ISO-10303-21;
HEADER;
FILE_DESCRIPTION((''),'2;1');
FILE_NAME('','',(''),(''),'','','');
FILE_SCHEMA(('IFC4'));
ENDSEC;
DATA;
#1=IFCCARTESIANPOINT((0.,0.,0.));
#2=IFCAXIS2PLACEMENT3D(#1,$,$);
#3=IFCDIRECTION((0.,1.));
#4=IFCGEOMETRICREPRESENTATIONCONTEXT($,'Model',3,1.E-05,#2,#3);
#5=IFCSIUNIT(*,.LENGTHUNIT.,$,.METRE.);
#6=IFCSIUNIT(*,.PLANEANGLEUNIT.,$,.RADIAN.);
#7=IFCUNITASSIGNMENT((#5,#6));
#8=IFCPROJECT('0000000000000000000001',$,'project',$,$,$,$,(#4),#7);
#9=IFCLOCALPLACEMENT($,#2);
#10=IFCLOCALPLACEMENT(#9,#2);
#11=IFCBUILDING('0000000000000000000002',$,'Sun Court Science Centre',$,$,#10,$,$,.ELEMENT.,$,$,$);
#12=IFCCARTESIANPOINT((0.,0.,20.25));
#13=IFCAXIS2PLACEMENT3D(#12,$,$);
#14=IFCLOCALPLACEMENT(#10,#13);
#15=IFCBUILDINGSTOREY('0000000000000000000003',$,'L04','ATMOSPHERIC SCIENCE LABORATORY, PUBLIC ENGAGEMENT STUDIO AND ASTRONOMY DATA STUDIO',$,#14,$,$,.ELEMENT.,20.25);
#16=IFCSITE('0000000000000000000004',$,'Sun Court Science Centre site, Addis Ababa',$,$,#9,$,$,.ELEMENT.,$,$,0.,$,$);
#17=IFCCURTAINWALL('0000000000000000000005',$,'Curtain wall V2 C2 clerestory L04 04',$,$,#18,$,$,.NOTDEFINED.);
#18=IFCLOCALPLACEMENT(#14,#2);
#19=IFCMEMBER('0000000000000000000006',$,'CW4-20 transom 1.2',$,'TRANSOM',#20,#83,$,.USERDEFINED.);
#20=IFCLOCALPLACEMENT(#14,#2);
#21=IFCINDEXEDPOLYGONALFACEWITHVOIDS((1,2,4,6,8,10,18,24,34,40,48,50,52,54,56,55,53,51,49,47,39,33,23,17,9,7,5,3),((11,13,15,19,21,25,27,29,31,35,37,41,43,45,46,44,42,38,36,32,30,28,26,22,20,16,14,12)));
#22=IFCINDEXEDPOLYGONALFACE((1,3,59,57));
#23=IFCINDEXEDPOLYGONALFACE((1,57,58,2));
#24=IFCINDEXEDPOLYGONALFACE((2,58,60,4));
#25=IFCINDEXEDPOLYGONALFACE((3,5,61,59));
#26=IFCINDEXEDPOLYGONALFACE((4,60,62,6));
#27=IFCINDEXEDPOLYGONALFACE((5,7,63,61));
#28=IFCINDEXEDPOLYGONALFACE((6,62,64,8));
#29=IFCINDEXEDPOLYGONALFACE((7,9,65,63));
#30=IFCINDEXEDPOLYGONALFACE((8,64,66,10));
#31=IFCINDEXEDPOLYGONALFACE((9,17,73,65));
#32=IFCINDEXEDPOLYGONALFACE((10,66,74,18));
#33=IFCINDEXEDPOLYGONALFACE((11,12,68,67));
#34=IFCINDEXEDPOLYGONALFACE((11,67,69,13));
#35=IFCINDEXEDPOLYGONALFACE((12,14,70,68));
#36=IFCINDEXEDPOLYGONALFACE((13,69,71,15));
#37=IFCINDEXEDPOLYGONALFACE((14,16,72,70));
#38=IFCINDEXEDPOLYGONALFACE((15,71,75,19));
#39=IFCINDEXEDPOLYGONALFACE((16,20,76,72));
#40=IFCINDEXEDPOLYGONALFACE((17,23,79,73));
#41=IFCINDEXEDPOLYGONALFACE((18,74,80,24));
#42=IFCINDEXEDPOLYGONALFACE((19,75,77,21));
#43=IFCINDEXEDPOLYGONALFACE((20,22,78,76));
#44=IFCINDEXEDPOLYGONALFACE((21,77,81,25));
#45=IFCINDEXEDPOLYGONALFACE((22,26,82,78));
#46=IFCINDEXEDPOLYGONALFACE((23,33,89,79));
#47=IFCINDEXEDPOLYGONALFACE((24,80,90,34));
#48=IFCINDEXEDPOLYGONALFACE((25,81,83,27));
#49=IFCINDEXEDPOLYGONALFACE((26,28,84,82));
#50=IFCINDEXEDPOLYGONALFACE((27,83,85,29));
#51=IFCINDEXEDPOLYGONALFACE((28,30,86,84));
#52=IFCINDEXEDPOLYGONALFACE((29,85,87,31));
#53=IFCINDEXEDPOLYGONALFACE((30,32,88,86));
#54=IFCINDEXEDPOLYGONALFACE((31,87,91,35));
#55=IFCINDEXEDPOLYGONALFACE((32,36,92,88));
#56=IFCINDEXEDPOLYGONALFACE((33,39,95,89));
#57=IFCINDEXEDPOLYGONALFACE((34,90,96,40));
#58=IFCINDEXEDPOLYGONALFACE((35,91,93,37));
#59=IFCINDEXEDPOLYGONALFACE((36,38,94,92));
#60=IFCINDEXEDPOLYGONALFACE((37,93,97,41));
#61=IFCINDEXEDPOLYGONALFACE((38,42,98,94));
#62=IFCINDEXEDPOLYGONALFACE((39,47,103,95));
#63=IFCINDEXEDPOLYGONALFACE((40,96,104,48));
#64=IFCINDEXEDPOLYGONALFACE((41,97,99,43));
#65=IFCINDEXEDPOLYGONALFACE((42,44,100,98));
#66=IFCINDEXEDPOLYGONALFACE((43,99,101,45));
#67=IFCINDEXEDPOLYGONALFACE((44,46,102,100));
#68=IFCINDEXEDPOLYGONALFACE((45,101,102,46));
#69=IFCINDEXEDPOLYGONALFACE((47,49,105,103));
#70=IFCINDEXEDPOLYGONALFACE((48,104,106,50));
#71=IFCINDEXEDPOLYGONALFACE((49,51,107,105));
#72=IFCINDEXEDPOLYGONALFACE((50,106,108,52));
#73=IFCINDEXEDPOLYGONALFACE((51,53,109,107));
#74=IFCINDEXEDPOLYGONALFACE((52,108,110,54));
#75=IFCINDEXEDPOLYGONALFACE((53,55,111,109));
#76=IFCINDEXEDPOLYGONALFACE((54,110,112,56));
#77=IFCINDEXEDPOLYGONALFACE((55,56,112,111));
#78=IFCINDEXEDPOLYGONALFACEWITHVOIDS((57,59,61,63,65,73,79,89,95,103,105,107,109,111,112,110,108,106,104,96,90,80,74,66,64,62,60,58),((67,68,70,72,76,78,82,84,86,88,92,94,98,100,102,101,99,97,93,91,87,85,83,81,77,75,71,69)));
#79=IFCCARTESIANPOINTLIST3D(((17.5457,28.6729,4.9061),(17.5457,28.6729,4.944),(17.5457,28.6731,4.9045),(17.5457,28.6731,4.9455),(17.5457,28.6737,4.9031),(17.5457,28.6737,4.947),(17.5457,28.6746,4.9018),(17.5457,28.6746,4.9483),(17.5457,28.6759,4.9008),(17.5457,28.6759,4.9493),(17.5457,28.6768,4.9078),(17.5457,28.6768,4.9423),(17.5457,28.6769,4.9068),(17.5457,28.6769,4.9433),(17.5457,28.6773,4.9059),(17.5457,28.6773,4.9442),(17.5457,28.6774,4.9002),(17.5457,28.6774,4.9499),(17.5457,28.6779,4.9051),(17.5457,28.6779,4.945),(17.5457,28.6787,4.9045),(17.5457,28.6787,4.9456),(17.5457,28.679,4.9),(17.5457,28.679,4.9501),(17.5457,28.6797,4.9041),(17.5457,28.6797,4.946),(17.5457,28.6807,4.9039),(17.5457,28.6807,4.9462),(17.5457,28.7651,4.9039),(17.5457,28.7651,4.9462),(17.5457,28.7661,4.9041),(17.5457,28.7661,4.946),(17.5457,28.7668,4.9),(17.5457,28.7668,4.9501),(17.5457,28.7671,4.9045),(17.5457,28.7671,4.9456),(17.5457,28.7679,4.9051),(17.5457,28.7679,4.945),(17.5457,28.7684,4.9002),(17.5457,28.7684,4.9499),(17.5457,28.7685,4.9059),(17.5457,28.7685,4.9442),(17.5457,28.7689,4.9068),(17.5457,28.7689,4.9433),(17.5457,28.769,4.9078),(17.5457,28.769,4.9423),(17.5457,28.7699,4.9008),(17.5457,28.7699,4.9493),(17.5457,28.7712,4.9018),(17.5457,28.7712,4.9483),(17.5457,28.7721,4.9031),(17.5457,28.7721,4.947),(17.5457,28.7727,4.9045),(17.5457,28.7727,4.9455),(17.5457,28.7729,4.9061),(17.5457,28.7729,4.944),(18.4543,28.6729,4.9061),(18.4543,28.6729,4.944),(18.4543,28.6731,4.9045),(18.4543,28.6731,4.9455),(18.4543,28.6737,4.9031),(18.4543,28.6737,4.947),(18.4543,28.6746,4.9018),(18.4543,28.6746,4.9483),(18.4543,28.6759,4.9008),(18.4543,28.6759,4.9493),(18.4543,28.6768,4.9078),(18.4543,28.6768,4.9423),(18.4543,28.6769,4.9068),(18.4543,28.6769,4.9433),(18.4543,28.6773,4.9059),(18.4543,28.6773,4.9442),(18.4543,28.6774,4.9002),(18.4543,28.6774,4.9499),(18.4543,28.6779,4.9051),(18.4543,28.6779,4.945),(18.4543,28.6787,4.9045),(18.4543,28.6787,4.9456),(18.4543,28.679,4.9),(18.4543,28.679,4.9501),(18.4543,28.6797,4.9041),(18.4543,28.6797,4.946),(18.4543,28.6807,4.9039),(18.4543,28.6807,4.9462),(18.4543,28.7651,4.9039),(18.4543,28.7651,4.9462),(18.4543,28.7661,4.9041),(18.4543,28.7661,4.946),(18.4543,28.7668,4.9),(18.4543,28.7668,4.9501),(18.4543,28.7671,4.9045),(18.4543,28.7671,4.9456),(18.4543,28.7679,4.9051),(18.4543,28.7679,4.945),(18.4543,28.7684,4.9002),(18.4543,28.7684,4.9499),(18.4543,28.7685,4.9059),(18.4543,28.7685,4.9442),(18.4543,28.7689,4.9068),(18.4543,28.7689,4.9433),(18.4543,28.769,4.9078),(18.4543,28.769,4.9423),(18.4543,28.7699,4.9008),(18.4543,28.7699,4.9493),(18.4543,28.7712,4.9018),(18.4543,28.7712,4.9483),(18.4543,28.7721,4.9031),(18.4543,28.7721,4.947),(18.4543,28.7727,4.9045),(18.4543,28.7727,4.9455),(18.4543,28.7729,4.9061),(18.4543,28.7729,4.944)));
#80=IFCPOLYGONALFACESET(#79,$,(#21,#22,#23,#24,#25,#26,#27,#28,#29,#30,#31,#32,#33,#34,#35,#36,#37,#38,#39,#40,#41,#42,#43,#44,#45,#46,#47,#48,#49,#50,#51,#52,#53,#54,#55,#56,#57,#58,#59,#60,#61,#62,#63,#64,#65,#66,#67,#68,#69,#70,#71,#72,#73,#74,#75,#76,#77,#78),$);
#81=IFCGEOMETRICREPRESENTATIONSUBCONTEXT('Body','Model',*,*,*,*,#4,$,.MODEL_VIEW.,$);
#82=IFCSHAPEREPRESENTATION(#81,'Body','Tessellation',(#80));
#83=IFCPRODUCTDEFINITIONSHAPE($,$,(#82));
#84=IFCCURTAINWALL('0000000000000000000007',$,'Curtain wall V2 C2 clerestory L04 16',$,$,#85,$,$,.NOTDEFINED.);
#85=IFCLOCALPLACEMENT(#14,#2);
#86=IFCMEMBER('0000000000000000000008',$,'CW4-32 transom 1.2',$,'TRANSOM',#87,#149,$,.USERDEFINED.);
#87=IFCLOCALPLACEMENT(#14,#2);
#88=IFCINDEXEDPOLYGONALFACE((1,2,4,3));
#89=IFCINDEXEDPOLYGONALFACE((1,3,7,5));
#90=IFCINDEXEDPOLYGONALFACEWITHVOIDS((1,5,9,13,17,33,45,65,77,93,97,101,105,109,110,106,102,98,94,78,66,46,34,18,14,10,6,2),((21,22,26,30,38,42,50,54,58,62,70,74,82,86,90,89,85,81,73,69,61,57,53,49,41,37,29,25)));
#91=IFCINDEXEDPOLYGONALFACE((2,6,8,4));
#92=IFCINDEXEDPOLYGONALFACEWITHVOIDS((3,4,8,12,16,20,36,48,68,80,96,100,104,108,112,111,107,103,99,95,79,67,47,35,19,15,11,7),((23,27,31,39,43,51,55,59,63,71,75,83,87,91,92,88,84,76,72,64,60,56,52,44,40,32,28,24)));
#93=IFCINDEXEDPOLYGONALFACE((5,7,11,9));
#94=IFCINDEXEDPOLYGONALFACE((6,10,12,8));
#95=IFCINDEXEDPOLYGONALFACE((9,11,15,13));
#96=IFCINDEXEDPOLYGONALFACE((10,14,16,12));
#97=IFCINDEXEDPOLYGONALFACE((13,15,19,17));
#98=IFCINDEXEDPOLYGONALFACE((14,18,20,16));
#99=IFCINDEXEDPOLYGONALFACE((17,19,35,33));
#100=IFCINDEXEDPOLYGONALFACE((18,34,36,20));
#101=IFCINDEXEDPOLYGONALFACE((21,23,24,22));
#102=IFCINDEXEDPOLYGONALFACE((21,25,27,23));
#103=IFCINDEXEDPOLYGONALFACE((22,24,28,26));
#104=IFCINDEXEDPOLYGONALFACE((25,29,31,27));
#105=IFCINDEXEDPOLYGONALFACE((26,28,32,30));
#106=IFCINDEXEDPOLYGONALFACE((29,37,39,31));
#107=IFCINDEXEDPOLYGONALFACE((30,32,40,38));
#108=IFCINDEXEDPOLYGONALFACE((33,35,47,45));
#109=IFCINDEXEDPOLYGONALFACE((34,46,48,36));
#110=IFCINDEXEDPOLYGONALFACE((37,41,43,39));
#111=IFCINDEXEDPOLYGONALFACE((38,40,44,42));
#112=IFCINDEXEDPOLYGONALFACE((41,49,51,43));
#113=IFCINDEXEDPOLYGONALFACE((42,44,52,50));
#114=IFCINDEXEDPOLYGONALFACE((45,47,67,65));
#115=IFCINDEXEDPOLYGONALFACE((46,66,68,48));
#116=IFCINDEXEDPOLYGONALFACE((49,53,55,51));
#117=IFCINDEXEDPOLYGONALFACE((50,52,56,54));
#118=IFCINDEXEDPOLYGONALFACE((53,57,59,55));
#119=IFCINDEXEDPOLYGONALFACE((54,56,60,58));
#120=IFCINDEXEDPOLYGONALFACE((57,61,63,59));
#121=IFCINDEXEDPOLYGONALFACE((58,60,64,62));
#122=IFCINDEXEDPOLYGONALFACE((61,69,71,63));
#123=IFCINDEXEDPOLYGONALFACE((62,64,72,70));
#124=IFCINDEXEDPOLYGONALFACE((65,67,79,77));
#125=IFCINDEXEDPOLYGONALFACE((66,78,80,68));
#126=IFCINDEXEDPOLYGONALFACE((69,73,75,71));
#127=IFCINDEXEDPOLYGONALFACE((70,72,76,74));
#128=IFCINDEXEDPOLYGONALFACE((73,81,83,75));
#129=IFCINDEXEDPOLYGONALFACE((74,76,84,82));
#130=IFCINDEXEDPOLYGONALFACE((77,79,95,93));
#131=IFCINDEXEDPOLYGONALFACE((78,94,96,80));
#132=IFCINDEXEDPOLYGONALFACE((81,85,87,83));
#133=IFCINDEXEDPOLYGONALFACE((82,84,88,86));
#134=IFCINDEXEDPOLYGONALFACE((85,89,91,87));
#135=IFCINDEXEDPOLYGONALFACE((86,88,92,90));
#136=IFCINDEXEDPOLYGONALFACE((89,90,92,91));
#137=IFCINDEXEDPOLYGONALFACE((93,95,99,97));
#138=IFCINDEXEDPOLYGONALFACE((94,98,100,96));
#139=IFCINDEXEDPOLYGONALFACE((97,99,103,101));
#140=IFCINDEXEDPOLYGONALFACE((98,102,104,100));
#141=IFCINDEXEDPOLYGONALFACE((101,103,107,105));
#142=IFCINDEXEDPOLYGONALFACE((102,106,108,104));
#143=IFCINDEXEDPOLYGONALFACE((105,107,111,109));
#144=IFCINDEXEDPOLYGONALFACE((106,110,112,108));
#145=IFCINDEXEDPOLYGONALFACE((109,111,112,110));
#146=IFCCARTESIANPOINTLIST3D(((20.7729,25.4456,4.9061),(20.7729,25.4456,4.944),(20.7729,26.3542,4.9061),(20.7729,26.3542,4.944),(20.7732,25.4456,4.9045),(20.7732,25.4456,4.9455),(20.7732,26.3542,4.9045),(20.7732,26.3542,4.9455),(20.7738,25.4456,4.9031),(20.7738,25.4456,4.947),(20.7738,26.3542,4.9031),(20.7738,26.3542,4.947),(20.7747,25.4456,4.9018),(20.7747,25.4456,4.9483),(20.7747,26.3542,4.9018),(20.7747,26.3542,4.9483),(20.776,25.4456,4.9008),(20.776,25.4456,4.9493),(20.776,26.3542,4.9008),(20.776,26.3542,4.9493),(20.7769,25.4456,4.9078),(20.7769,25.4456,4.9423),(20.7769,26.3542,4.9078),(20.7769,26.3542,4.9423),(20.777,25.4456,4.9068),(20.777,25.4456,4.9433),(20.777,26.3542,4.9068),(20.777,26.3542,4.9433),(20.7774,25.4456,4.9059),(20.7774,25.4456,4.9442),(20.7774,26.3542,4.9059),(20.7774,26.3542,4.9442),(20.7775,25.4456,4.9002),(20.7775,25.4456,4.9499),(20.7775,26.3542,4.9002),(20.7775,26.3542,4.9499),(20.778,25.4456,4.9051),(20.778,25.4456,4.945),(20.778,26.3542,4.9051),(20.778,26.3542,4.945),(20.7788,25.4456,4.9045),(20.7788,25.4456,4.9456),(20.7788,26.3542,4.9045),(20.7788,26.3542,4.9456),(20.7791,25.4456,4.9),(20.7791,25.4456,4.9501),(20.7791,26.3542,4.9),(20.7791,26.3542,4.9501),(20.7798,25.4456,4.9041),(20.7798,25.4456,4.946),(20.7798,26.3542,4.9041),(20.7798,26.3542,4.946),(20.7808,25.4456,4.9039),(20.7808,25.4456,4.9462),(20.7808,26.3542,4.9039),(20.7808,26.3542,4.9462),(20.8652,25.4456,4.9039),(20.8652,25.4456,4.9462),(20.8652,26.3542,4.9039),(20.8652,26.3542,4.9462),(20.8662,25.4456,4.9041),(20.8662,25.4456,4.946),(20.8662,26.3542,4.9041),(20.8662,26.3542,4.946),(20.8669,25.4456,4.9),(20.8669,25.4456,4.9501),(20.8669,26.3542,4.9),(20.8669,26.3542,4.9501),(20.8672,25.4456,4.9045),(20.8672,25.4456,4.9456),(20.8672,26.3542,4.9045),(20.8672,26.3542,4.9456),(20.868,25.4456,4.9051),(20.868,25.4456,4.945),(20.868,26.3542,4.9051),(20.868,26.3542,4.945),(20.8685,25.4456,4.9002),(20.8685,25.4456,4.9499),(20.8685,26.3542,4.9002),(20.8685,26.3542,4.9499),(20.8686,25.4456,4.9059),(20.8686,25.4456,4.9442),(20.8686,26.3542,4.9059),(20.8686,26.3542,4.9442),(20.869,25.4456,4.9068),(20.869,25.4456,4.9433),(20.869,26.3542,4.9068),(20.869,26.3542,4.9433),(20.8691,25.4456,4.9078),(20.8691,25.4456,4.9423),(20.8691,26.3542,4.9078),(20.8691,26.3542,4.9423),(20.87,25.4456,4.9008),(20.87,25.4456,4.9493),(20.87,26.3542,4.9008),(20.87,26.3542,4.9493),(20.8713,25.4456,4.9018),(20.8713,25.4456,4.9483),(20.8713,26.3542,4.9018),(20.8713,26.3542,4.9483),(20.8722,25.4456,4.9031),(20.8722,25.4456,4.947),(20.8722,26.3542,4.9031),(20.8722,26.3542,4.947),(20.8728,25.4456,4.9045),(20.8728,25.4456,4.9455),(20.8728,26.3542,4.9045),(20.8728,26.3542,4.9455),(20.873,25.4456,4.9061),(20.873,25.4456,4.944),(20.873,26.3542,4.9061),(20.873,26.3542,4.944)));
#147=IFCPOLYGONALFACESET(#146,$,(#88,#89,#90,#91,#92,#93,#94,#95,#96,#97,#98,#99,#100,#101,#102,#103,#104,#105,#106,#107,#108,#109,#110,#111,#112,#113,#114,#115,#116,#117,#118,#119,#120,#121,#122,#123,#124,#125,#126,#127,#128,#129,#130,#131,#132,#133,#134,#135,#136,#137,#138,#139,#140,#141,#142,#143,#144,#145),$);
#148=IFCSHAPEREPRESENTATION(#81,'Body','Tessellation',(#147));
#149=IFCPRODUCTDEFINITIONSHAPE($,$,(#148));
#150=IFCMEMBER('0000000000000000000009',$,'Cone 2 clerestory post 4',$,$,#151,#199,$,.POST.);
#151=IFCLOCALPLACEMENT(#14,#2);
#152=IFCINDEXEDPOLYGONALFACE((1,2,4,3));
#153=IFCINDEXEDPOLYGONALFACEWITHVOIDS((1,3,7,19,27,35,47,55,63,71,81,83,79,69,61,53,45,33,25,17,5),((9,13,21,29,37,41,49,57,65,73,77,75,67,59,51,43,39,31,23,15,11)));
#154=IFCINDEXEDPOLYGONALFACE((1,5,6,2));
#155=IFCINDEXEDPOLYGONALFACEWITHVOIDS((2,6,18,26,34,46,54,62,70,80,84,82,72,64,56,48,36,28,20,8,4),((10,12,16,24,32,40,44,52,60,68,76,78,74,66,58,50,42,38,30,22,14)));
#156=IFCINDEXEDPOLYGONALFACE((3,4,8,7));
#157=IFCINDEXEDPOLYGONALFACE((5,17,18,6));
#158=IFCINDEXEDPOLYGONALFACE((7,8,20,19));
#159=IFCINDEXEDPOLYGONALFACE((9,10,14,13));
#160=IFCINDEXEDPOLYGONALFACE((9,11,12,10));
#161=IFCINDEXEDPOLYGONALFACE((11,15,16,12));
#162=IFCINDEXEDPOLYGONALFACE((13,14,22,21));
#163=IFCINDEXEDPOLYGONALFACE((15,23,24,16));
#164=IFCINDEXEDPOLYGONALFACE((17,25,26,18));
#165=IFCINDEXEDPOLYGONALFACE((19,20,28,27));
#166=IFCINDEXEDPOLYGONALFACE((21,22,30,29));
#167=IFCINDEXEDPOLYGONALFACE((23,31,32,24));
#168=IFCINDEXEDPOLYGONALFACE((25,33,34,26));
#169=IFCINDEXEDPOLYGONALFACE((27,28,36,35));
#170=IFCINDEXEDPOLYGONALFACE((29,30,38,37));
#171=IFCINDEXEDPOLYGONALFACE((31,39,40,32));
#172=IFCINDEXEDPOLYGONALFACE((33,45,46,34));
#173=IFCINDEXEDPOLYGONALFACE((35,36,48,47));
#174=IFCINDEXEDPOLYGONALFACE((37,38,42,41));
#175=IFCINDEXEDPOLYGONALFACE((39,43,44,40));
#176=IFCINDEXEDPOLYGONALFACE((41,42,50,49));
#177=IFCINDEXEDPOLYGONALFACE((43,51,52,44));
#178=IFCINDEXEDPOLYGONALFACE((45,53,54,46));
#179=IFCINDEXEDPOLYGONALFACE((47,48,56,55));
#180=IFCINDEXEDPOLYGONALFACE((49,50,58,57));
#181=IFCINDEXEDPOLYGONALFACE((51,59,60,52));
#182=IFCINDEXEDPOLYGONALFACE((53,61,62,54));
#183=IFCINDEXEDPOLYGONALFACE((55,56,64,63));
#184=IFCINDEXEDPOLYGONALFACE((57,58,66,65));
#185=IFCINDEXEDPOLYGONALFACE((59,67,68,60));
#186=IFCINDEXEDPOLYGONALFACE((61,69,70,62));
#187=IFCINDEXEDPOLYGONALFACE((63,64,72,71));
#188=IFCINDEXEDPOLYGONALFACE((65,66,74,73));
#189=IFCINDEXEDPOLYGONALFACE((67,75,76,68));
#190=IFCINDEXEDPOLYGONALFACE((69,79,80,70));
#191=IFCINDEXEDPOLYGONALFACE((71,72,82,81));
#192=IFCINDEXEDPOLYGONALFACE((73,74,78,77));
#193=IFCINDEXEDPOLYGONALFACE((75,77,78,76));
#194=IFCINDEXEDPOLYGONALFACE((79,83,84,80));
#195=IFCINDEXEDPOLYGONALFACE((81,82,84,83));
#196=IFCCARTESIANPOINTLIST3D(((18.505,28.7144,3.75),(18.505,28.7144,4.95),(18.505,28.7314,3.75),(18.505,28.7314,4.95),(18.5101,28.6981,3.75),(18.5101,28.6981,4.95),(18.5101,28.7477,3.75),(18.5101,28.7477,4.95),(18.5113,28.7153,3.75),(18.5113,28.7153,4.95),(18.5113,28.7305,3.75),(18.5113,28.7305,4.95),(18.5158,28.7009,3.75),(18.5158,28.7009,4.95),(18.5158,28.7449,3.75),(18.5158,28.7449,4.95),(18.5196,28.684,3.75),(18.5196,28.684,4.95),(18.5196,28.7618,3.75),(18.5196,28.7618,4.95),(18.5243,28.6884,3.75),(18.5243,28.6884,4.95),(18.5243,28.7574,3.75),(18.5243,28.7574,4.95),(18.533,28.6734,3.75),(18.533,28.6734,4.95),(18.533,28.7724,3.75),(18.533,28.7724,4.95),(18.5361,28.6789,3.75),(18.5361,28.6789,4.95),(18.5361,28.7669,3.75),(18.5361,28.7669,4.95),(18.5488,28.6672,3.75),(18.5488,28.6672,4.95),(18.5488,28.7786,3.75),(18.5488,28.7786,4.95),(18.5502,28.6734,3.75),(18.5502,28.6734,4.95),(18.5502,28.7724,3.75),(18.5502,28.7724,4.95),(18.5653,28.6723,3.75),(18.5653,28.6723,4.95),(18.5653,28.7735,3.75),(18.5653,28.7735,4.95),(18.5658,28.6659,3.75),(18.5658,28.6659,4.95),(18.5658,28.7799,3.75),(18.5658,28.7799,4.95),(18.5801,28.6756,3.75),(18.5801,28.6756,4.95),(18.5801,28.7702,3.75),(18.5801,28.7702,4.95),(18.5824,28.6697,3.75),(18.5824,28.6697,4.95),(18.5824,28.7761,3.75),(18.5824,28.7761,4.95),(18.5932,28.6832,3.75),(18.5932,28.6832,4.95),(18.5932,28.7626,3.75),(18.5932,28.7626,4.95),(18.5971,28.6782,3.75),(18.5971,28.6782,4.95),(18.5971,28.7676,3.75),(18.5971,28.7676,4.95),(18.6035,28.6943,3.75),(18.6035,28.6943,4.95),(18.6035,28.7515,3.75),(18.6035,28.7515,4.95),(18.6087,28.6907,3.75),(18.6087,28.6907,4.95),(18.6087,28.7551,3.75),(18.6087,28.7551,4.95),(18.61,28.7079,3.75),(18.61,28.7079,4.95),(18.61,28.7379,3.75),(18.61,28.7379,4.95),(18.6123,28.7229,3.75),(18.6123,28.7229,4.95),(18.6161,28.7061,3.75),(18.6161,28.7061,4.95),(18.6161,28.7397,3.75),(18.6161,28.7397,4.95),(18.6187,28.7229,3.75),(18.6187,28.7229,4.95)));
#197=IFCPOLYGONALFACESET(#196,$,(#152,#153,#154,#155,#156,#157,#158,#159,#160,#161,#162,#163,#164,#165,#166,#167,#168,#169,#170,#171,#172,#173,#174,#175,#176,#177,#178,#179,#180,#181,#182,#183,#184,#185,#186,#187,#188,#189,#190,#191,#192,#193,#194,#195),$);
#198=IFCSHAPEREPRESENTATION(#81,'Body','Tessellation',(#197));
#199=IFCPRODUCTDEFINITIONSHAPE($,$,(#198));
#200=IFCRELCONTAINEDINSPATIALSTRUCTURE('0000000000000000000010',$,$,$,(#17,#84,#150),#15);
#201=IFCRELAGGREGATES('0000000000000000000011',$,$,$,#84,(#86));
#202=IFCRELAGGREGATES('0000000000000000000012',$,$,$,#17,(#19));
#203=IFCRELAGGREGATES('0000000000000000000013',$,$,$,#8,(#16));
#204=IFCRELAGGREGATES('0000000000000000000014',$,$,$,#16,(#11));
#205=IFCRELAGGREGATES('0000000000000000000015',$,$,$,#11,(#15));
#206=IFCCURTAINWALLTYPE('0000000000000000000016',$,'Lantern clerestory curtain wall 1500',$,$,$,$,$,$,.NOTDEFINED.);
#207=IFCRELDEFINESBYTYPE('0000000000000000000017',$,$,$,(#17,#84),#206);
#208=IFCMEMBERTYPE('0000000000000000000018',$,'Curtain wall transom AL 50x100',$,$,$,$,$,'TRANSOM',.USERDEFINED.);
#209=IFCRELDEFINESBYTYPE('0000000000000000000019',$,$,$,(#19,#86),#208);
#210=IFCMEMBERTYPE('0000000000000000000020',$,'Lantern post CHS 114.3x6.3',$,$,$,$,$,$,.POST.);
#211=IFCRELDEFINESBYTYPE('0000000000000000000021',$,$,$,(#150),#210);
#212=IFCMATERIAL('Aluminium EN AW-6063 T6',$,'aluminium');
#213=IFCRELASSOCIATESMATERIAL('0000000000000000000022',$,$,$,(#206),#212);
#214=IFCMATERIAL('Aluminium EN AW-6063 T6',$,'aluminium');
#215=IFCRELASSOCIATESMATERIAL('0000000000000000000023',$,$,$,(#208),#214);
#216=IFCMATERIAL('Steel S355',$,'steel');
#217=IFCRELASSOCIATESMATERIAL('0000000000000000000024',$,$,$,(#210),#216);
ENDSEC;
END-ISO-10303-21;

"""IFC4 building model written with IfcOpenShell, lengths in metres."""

from ifc_helpers import new_model, si_unit, direction, frame, origin, origin_2d, place, context, subcontext, project, spatial, hollow_rectangle, hollow_circle, extrude, material, material_profile, profile_set, type_object, element, aggregate, save


model = new_model("IFC4")

# Units and contexts
model_context = context("Model", 3, precision=1e-05, world=origin(), true_north=direction((0.0, 1.0)))
body_context = subcontext(model_context, "Body", "Model", "MODEL_VIEW")
ifc_project = project(units=[si_unit("LENGTHUNIT", "METRE"), si_unit("PLANEANGLEUNIT", "RADIAN")], contexts=[model_context])

# Site, building, storey
site_placement = place(None, origin())
site = spatial("IfcSite", under=ifc_project, at=site_placement, Name="Sun Court Science Centre site, Addis Ababa", CompositionType="ELEMENT", RefElevation=0.0)
building_placement = place(site_placement, origin())
building = spatial("IfcBuilding", under=site, at=building_placement, Name="Sun Court Science Centre", CompositionType="ELEMENT")
storey_placement = place(building_placement, frame((0.0, 0.0, 20.25)))
storey = spatial("IfcBuildingStorey", under=building, at=storey_placement, Name="L04", Description="ATMOSPHERIC SCIENCE LABORATORY, PUBLIC ENGAGEMENT STUDIO AND ASTRONOMY DATA STUDIO", CompositionType="ELEMENT", Elevation=20.25)

# Curtain wall
ifc_material_1 = material(Name="Aluminium EN AW-6063 T6", Category="aluminium")
curtain_wall_type = type_object("IfcCurtainWallType", Name="Lantern clerestory curtain wall 1500", PredefinedType="NOTDEFINED", material=ifc_material_1)
curtain_wall_1_placement = place(storey_placement, origin())
curtain_wall_1 = element("IfcCurtainWall", 1, at=curtain_wall_1_placement, inside=storey, type_object=curtain_wall_type, Name="Curtain wall V2 C2 clerestory L04 04", PredefinedType="NOTDEFINED")

# Shared definitions
ifc_material_2 = material(Name="Aluminium EN AW-6063 T6", Category="aluminium")
ifc_material_profile_1 = material_profile(ifc_material_2, hollow_rectangle(XDim=0.05, YDim=0.1001, WallThickness=0.0039, InnerFilletRadius=0.0039, OuterFilletRadius=0.0061, at=origin_2d()), Name="AL 50x100x4")
ifc_profile_set_1 = profile_set([ifc_material_profile_1], Name="Aluminium EN AW-6063 T6")
member_type_1 = type_object("IfcMemberType", Name="Curtain wall transom AL 50x100", ElementType="TRANSOM", PredefinedType="USERDEFINED", material=ifc_profile_set_1)

# Member
member_1_placement = place(storey_placement, frame((17.5457, 28.7229, 4.925), z_axis=(1.0, 0.0, 0.0), x_axis=(0.0, 0.0, 1.0)))
member_1 = element("IfcMember", 2, at=member_1_placement, type_object=member_type_1, Name="CW4-20 transom 1.2", ObjectType="TRANSOM", PredefinedType="USERDEFINED", context=body_context, shape_type="SweptSolid", body=[
    extrude(hollow_rectangle(XDim=0.05, YDim=0.1001, WallThickness=0.0039, InnerFilletRadius=0.0039, OuterFilletRadius=0.0061, at=origin_2d()), origin(), (0.0, 0.0, 1.0), 0.9087),
])

# Curtain wall, member
curtain_wall_2_placement = place(storey_placement, origin())
curtain_wall_2 = element("IfcCurtainWall", 3, at=curtain_wall_2_placement, inside=storey, type_object=curtain_wall_type, Name="Curtain wall V2 C2 clerestory L04 16", PredefinedType="NOTDEFINED")
member_2_placement = place(storey_placement, frame((20.823, 26.3542, 4.925), z_axis=(0.0, -1.0, 0.0), x_axis=(0.0, 0.0, 1.0)))
member_2 = element("IfcMember", 4, at=member_2_placement, type_object=member_type_1, Name="CW4-32 transom 1.2", ObjectType="TRANSOM", PredefinedType="USERDEFINED", context=body_context, shape_type="SweptSolid", body=[
    extrude(hollow_rectangle(XDim=0.05, YDim=0.1001, WallThickness=0.0039, InnerFilletRadius=0.0039, OuterFilletRadius=0.0061, at=origin_2d()), origin(), (0.0, 0.0, 1.0), 0.9087),
])
aggregate(curtain_wall_2, [member_2])

# Member
ifc_material_3 = material(Name="Steel S355", Category="steel")
ifc_material_profile_2 = material_profile(ifc_material_3, hollow_circle(Radius=0.0571, WallThickness=0.0063, at=origin_2d()), Name="CHS 114.3x6.3")
ifc_profile_set_2 = profile_set([ifc_material_profile_2], Name="Steel S355")
member_type_2 = type_object("IfcMemberType", Name="Lantern post CHS 114.3x6.3", PredefinedType="POST", material=ifc_profile_set_2)
member_3_placement = place(storey_placement, frame((18.5615, 28.7229, 3.75), z_axis=(0.0, 0.0, 1.0), x_axis=(1.0, 0.0, 0.0)))
element("IfcMember", 5, at=member_3_placement, inside=storey, type_object=member_type_2, Name="Cone 2 clerestory post 4", PredefinedType="POST", context=body_context, shape_type="SweptSolid", body=[
    extrude(hollow_circle(Radius=0.0571, WallThickness=0.0063, at=origin_2d()), origin(), (0.0, 0.0, 1.0), 1.2),
])

aggregate(curtain_wall_1, [member_1])

save(model, "model.ifc")
